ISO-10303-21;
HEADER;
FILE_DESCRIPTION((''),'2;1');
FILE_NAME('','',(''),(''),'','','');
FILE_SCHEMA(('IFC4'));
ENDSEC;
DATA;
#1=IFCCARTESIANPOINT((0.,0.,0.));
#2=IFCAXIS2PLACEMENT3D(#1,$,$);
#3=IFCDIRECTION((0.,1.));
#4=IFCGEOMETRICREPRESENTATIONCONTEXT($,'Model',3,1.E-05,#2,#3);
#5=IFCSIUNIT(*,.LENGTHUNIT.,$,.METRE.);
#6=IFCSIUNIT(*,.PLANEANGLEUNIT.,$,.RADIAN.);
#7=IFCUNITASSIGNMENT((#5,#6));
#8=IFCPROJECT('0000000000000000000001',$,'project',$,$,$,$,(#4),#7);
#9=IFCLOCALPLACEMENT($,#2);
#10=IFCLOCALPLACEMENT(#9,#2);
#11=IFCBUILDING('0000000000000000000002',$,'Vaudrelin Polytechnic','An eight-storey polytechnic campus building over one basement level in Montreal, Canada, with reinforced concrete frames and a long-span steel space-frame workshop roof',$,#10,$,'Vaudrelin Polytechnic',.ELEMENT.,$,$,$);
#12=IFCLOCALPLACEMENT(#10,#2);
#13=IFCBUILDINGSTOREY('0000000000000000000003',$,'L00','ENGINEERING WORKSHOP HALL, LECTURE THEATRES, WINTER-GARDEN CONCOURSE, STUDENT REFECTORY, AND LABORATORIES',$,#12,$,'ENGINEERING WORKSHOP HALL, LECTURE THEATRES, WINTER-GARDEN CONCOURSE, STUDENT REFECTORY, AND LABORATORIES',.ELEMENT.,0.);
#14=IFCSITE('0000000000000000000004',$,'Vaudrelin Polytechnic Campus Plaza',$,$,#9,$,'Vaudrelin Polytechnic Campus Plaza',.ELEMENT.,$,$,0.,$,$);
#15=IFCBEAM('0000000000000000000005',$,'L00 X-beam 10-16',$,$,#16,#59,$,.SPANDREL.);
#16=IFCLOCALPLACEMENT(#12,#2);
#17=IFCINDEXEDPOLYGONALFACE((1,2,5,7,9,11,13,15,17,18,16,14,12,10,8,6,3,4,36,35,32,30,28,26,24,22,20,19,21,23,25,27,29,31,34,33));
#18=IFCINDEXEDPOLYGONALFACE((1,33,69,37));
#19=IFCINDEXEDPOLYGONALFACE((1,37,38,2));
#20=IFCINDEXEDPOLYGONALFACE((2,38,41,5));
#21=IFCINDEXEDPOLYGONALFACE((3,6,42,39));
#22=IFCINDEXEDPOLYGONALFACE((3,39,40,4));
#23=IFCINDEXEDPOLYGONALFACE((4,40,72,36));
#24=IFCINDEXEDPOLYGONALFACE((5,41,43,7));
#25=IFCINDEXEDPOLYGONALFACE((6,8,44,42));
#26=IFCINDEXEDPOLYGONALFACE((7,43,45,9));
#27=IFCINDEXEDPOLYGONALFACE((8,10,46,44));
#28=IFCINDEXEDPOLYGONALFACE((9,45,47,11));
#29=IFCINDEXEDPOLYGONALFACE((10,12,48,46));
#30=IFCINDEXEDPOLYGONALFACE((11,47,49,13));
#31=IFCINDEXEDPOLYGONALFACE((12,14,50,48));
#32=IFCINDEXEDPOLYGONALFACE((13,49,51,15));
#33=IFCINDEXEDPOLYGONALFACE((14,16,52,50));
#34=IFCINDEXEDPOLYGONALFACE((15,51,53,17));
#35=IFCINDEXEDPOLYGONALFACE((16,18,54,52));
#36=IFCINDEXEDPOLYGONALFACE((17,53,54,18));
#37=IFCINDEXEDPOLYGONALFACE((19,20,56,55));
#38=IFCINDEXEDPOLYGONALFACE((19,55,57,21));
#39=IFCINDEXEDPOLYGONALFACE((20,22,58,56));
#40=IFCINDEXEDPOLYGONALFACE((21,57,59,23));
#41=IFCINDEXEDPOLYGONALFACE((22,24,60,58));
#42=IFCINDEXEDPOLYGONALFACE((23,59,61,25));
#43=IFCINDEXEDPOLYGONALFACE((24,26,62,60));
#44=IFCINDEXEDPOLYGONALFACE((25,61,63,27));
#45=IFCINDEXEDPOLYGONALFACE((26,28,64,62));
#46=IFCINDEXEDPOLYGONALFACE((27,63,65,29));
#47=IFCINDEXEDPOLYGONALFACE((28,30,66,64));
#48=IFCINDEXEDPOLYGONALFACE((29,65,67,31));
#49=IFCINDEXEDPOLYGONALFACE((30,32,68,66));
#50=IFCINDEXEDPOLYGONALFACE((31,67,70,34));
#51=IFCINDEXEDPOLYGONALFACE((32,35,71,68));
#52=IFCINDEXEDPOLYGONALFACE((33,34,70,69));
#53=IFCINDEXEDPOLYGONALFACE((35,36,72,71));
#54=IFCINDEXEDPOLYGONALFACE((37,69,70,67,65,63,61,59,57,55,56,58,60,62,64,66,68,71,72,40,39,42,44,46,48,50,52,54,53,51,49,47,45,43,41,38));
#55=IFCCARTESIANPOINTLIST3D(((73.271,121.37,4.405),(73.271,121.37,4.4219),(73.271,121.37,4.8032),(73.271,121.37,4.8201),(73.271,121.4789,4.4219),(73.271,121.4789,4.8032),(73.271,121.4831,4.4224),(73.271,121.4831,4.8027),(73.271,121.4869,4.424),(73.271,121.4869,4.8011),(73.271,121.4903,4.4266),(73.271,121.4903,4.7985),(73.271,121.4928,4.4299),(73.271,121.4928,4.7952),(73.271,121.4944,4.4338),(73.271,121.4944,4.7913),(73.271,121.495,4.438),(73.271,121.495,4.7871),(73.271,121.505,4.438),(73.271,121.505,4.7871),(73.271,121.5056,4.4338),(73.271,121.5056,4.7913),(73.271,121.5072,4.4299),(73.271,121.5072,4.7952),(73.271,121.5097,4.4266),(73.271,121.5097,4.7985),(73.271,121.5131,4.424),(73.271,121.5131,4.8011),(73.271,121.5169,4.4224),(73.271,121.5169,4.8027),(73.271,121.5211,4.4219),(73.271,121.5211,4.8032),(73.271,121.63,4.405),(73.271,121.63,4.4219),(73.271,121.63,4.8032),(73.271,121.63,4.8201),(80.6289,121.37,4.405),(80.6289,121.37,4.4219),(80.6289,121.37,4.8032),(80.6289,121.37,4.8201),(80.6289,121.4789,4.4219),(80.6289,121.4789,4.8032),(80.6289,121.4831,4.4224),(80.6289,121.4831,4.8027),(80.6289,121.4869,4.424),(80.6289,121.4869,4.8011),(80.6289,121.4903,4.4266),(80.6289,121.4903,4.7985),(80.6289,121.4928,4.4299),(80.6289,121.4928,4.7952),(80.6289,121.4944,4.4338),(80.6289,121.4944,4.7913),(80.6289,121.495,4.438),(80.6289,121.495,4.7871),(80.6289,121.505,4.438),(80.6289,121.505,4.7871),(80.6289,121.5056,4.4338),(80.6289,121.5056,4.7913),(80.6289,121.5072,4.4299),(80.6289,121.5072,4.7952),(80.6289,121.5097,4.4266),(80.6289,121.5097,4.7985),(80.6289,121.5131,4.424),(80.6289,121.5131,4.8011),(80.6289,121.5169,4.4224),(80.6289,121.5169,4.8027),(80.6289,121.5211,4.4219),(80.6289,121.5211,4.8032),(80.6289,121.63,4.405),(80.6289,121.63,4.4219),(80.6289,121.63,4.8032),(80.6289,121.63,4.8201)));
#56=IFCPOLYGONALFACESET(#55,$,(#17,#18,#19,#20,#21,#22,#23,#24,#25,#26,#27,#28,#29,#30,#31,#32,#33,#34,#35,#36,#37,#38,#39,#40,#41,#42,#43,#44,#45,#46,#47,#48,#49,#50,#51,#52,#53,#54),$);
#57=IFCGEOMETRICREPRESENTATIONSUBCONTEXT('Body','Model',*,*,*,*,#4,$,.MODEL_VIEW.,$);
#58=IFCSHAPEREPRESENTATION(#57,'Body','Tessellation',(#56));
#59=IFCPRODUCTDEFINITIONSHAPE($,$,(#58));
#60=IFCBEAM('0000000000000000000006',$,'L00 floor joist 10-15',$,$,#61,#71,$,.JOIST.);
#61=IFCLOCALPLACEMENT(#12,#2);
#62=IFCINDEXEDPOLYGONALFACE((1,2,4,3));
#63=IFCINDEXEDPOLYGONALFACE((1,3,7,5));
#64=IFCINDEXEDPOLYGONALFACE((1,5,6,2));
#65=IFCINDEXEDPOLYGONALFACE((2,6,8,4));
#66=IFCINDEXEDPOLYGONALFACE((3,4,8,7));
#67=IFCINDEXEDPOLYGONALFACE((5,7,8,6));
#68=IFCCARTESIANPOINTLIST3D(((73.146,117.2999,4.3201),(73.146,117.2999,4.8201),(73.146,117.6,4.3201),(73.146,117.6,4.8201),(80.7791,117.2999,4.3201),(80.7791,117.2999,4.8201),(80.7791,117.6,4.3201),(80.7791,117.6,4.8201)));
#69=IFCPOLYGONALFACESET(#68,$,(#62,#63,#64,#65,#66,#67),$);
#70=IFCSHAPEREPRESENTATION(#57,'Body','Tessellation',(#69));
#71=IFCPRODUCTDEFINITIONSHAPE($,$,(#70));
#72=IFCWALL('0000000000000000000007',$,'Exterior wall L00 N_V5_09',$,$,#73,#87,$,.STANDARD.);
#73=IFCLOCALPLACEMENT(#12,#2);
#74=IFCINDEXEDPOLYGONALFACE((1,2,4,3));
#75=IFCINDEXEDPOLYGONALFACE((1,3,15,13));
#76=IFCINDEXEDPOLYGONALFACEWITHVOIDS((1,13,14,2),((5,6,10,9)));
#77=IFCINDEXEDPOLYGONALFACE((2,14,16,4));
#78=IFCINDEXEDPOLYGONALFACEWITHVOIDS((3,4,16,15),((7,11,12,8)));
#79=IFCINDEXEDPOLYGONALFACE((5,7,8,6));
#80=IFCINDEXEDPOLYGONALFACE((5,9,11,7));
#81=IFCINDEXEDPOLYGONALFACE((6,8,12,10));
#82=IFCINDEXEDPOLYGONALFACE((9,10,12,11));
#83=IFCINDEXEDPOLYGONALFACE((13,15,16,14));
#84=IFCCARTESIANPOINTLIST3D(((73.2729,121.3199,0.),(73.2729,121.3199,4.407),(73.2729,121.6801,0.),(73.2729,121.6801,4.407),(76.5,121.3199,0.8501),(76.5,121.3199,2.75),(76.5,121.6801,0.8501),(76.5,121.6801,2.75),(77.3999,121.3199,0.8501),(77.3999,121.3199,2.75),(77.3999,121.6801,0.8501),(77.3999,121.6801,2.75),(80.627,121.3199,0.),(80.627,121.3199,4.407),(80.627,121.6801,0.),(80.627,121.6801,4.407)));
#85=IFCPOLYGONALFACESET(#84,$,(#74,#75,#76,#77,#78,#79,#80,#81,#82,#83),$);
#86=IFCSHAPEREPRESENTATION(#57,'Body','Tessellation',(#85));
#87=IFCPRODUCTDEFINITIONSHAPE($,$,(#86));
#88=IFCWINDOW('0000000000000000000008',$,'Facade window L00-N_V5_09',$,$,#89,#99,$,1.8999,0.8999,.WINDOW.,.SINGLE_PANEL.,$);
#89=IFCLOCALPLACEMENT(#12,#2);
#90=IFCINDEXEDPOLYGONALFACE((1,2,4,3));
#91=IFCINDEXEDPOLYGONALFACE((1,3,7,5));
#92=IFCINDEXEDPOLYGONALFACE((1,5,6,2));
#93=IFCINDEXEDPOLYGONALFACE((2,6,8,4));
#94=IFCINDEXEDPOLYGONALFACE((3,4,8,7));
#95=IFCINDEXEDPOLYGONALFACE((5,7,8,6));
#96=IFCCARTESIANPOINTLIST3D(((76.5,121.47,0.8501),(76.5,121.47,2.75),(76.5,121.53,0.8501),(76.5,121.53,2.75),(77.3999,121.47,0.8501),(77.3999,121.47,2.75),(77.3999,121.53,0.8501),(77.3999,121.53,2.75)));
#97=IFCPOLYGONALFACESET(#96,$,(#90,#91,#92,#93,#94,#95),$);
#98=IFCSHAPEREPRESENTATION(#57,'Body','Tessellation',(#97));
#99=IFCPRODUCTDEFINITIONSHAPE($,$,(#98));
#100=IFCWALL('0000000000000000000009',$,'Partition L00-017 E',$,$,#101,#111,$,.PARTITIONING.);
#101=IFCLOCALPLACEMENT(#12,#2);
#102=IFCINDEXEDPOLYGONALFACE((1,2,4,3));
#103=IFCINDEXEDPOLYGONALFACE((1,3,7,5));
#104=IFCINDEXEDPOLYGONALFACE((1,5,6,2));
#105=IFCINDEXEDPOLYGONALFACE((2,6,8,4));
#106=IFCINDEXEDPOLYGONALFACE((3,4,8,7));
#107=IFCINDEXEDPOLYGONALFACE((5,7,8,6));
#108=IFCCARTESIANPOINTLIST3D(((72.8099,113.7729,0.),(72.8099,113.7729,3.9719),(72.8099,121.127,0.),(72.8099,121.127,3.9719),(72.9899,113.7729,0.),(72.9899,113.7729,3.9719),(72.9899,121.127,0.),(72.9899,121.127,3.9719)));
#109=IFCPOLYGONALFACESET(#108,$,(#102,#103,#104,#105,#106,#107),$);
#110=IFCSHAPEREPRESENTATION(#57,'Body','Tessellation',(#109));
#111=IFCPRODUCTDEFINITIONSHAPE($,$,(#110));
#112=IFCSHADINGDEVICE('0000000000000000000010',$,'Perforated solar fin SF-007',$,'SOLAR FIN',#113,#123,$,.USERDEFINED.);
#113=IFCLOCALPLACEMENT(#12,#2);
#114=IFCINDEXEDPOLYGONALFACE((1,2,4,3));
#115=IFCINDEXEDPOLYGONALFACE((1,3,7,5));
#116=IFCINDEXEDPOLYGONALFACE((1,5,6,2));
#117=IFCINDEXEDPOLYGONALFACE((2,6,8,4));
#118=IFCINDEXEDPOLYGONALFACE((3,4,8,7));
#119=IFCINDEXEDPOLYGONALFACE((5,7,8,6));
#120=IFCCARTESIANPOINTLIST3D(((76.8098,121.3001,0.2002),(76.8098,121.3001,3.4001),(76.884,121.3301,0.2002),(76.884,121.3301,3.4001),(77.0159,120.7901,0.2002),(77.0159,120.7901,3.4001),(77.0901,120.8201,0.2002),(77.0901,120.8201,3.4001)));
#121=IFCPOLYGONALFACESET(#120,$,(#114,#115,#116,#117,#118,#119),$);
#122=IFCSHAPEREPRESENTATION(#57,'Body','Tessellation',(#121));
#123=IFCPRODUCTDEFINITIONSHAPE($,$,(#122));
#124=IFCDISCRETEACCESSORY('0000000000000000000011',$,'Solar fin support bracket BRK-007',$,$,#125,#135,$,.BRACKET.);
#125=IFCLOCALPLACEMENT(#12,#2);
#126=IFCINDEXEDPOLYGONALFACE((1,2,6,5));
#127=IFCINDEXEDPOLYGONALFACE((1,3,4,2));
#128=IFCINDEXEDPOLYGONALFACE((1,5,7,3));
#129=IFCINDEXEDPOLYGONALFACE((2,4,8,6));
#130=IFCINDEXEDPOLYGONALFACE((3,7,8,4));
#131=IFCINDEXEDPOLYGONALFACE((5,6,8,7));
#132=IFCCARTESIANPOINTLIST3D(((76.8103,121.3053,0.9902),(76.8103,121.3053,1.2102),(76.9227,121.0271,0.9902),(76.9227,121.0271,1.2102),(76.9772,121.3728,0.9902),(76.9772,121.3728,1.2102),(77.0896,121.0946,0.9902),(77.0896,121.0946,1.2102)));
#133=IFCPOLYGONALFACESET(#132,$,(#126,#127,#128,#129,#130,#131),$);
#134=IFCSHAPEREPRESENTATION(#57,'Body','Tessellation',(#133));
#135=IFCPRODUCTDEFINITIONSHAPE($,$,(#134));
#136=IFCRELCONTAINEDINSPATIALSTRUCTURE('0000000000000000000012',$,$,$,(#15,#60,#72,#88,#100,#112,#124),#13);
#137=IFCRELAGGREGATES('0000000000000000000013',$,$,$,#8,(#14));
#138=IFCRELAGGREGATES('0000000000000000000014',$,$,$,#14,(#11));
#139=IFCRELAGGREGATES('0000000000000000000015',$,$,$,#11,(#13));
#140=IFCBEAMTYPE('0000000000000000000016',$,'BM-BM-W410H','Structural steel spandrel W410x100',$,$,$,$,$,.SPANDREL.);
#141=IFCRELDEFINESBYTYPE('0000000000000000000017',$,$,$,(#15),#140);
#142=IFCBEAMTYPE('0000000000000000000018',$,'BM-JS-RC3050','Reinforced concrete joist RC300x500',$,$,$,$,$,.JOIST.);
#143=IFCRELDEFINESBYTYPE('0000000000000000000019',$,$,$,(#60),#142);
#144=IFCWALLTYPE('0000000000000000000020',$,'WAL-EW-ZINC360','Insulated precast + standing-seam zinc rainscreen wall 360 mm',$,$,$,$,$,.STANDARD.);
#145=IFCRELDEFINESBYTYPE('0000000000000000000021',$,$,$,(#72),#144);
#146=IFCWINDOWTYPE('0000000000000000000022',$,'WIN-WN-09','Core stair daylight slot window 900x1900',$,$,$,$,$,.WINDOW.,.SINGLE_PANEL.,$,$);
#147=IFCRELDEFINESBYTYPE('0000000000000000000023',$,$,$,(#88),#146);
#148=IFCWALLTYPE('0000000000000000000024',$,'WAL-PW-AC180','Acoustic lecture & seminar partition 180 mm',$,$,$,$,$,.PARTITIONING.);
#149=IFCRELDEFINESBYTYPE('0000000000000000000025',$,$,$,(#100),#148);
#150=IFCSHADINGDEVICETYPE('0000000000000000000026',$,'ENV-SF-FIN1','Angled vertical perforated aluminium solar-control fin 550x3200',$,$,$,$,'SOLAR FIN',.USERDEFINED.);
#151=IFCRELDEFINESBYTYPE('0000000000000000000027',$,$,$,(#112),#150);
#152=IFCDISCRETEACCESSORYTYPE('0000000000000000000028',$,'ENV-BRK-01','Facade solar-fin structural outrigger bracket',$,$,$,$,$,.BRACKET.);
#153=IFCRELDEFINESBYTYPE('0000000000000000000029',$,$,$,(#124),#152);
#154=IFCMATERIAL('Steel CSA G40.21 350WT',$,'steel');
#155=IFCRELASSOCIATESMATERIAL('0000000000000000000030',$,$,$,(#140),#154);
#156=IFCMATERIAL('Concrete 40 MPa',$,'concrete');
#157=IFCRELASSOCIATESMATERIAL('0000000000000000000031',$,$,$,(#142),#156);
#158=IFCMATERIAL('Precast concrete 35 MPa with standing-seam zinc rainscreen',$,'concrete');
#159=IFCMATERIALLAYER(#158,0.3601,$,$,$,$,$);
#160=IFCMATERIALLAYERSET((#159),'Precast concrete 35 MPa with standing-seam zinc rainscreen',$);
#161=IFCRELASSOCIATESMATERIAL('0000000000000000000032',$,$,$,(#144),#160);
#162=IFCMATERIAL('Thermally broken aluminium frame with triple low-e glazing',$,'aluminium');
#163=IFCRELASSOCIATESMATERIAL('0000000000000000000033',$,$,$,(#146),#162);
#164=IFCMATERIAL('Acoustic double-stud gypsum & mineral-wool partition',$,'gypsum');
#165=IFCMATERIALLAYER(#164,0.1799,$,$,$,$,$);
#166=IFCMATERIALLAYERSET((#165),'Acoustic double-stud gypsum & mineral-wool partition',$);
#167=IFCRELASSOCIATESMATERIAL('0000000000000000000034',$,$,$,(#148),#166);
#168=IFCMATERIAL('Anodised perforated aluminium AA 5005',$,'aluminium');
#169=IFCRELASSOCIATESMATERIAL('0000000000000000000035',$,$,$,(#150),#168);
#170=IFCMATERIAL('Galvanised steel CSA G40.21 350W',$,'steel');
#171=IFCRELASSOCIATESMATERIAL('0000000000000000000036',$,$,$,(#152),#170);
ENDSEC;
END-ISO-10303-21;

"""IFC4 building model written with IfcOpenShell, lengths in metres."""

from ifc_helpers import new_model, si_unit, direction, frame, frame_2d, origin, origin_2d, place, context, subcontext, project, spatial, rectangle, i_section, extrude, material, layer, layer_set, material_profile, profile_set, type_object, element, fill, save


model = new_model("IFC4")

# Units and contexts
model_context = context("Model", 3, precision=1e-05, world=origin(), true_north=direction((0.0, 1.0)))
body_context = subcontext(model_context, "Body", "Model", "MODEL_VIEW")
ifc_project = project(units=[si_unit("LENGTHUNIT", "METRE"), si_unit("PLANEANGLEUNIT", "RADIAN")], contexts=[model_context])

# Site, building, storey
site_placement = place(None, origin())
site = spatial("IfcSite", under=ifc_project, at=site_placement, Name="Vaudrelin Polytechnic Campus Plaza", LongName="Vaudrelin Polytechnic Campus Plaza", CompositionType="ELEMENT", RefElevation=0.0)
building_placement = place(site_placement, origin())
building = spatial("IfcBuilding", under=site, at=building_placement, Name="Vaudrelin Polytechnic", Description="An eight-storey polytechnic campus building over one basement level in Montreal, Canada, with reinforced concrete frames and a long-span steel space-frame workshop roof", LongName="Vaudrelin Polytechnic", CompositionType="ELEMENT")
storey_placement = place(building_placement, origin())
storey = spatial("IfcBuildingStorey", under=building, at=storey_placement, Name="L00", Description="ENGINEERING WORKSHOP HALL, LECTURE THEATRES, WINTER-GARDEN CONCOURSE, STUDENT REFECTORY, AND LABORATORIES", LongName="ENGINEERING WORKSHOP HALL, LECTURE THEATRES, WINTER-GARDEN CONCOURSE, STUDENT REFECTORY, AND LABORATORIES", CompositionType="ELEMENT", Elevation=0.0)

# Shared definitions
ifc_material_1 = material(Name="Steel CSA G40.21 350WT", Category="steel")

# Beams
ifc_material_2 = material(Name="Concrete 40 MPa", Category="concrete")
ifc_material_profile_1 = material_profile(ifc_material_1, i_section(OverallWidth=0.26, OverallDepth=0.415, WebThickness=0.01, FlangeThickness=0.0168, FilletRadius=0.0161, at=origin_2d()), Name="W410x100")
ifc_profile_set_1 = profile_set([ifc_material_profile_1], Name="Steel CSA G40.21 350WT")
beam_type_1 = type_object("IfcBeamType", Name="BM-BM-W410H", Description="Structural steel spandrel W410x100", PredefinedType="SPANDREL", material=ifc_profile_set_1)
beam_1_placement = place(storey_placement, frame((73.271, 121.5, 4.6125), z_axis=(1.0, 0.0, 0.0), x_axis=(0.0, 1.0, 0.0)))
element("IfcBeam", 1, at=beam_1_placement, inside=storey, type_object=beam_type_1, Name="L00 X-beam 10-16", PredefinedType="SPANDREL", context=body_context, shape_type="SweptSolid", body=[
    extrude(i_section(OverallWidth=0.26, OverallDepth=0.415, WebThickness=0.01, FlangeThickness=0.0168, FilletRadius=0.0161, at=origin_2d()), origin(), (0.0, 0.0, 1.0), 7.3579),
])
ifc_material_profile_2 = material_profile(ifc_material_2, rectangle(XDim=0.3, YDim=0.5, at=origin_2d()), Name="RC300x500")
ifc_profile_set_2 = profile_set([ifc_material_profile_2], Name="Concrete 40 MPa")
beam_type_2 = type_object("IfcBeamType", Name="BM-JS-RC3050", Description="Reinforced concrete joist RC300x500", PredefinedType="JOIST", material=ifc_profile_set_2)
beam_2_placement = place(storey_placement, frame((73.146, 117.45, 4.5701), z_axis=(1.0, 0.0, 0.0), x_axis=(0.0, 1.0, 0.0)))
element("IfcBeam", 2, at=beam_2_placement, inside=storey, type_object=beam_type_2, Name="L00 floor joist 10-15", PredefinedType="JOIST", context=body_context, shape_type="SweptSolid", body=[
    extrude(rectangle(XDim=0.3, YDim=0.5, at=origin_2d()), origin(), (0.0, 0.0, 1.0), 7.6331),
])

# Shared definitions
ifc_material_3 = material(Name="Precast concrete 35 MPa with standing-seam zinc rainscreen", Category="concrete")
ifc_layer_1 = layer(ifc_material_3, 0.3601)
ifc_layer_set_1 = layer_set([ifc_layer_1], Name="Precast concrete 35 MPa with standing-seam zinc rainscreen")
wall_type_1 = type_object("IfcWallType", Name="WAL-EW-ZINC360", Description="Insulated precast + standing-seam zinc rainscreen wall 360 mm", PredefinedType="STANDARD", material=ifc_layer_set_1)

# Wall, opening, window
wall_1_placement = place(storey_placement, frame((73.2729, 121.5, 0.0), z_axis=(0.0, 0.0, 1.0), x_axis=(1.0, 0.0, 0.0)))
wall_1 = element("IfcWall", 3, at=wall_1_placement, inside=storey, type_object=wall_type_1, Name="Exterior wall L00 N_V5_09", PredefinedType="STANDARD", context=body_context, shape_type="SweptSolid", body=[
    extrude(rectangle(XDim=7.354, YDim=0.3601, at=frame_2d((3.677, 0.0))), origin(), (0.0, 0.0, 1.0), 4.407),
])
opening_1_placement = place(wall_1_placement, frame((3.2271, 0.0, 0.8501)))
opening_1 = element("IfcOpeningElement", 4, at=opening_1_placement, cuts=wall_1, PredefinedType="OPENING", context=body_context, shape_type="SweptSolid", body=[
    extrude(rectangle(XDim=0.8999, YDim=1.8999, at=frame_2d((0.45, 0.95))), frame((0.0, 0.1899, 0.0), z_axis=(0.0, -1.0, 0.0), x_axis=(1.0, 0.0, 0.0)), (0.0, 0.0, 1.0), 0.3801),
])
ifc_material_4 = material(Name="Thermally broken aluminium frame with triple low-e glazing", Category="aluminium")
window_type = type_object("IfcWindowType", Name="WIN-WN-09", Description="Core stair daylight slot window 900x1900", PartitioningType="SINGLE_PANEL", PredefinedType="WINDOW", material=ifc_material_4)
window_placement = place(opening_1_placement, origin())
window = element("IfcWindow", 5, at=window_placement, inside=storey, type_object=window_type, Name="Facade window L00-N_V5_09", OverallHeight=1.8999, OverallWidth=0.8999, PartitioningType="SINGLE_PANEL", PredefinedType="WINDOW", context=body_context, shape_type="SweptSolid", body=[
    extrude(rectangle(XDim=0.8999, YDim=1.8999, at=frame_2d((0.45, 0.95))), frame((0.0, 0.03, 0.0), z_axis=(0.0, -1.0, 0.0), x_axis=(1.0, 0.0, 0.0)), (0.0, 0.0, 1.0), 0.0601),
])
fill(opening_1, window)

# Wall
ifc_material_5 = material(Name="Acoustic double-stud gypsum & mineral-wool partition", Category="gypsum")
ifc_layer_2 = layer(ifc_material_5, 0.1799)
ifc_layer_set_2 = layer_set([ifc_layer_2], Name="Acoustic double-stud gypsum & mineral-wool partition")
wall_type_2 = type_object("IfcWallType", Name="WAL-PW-AC180", Description="Acoustic lecture & seminar partition 180 mm", PredefinedType="PARTITIONING", material=ifc_layer_set_2)
wall_2_placement = place(storey_placement, frame((72.8999, 113.7729, 0.0), z_axis=(0.0, 0.0, 1.0), x_axis=(0.0, 1.0, 0.0)))
element("IfcWall", 6, at=wall_2_placement, inside=storey, type_object=wall_type_2, Name="Partition L00-017 E", PredefinedType="PARTITIONING", context=body_context, shape_type="SweptSolid", body=[
    extrude(rectangle(XDim=7.354, YDim=0.1799, at=frame_2d((3.677, 0.0))), origin(), (0.0, 0.0, 1.0), 3.9719),
])

# Shading device
ifc_material_6 = material(Name="Anodised perforated aluminium AA 5005", Category="aluminium")
shading_device_type = type_object("IfcShadingDeviceType", Name="ENV-SF-FIN1", Description="Angled vertical perforated aluminium solar-control fin 550x3200", ElementType="SOLAR FIN", PredefinedType="USERDEFINED", material=ifc_material_6)
shading_device_placement = place(storey_placement, frame((76.95, 121.0601, 0.2002), z_axis=(0.0, 0.0, 1.0), x_axis=(0.374607, -0.927184, 0.0)))
element("IfcShadingDevice", 7, at=shading_device_placement, inside=storey, type_object=shading_device_type, Name="Perforated solar fin SF-007", ObjectType="SOLAR FIN", PredefinedType="USERDEFINED", context=body_context, shape_type="SweptSolid", body=[
    extrude(rectangle(XDim=0.55, YDim=0.0801, at=origin_2d()), origin(), (0.0, 0.0, 1.0), 3.2),
])

# Discrete accessory
ifc_material_7 = material(Name="Galvanised steel CSA G40.21 350W", Category="steel")
discrete_accessory_type = type_object("IfcDiscreteAccessoryType", Name="ENV-BRK-01", Description="Facade solar-fin structural outrigger bracket", PredefinedType="BRACKET", material=ifc_material_7)
discrete_accessory_placement = place(storey_placement, frame((76.95, 121.2, 0.9902), z_axis=(0.0, 0.0, 1.0), x_axis=(0.374607, -0.927184, 0.0)))
element("IfcDiscreteAccessory", 8, at=discrete_accessory_placement, inside=storey, type_object=discrete_accessory_type, Name="Solar fin support bracket BRK-007", PredefinedType="BRACKET", context=body_context, shape_type="SweptSolid", body=[
    extrude(rectangle(XDim=0.3, YDim=0.1799, at=origin_2d()), origin(), (0.0, 0.0, 1.0), 0.22),
])

save(model, "model.ifc")
